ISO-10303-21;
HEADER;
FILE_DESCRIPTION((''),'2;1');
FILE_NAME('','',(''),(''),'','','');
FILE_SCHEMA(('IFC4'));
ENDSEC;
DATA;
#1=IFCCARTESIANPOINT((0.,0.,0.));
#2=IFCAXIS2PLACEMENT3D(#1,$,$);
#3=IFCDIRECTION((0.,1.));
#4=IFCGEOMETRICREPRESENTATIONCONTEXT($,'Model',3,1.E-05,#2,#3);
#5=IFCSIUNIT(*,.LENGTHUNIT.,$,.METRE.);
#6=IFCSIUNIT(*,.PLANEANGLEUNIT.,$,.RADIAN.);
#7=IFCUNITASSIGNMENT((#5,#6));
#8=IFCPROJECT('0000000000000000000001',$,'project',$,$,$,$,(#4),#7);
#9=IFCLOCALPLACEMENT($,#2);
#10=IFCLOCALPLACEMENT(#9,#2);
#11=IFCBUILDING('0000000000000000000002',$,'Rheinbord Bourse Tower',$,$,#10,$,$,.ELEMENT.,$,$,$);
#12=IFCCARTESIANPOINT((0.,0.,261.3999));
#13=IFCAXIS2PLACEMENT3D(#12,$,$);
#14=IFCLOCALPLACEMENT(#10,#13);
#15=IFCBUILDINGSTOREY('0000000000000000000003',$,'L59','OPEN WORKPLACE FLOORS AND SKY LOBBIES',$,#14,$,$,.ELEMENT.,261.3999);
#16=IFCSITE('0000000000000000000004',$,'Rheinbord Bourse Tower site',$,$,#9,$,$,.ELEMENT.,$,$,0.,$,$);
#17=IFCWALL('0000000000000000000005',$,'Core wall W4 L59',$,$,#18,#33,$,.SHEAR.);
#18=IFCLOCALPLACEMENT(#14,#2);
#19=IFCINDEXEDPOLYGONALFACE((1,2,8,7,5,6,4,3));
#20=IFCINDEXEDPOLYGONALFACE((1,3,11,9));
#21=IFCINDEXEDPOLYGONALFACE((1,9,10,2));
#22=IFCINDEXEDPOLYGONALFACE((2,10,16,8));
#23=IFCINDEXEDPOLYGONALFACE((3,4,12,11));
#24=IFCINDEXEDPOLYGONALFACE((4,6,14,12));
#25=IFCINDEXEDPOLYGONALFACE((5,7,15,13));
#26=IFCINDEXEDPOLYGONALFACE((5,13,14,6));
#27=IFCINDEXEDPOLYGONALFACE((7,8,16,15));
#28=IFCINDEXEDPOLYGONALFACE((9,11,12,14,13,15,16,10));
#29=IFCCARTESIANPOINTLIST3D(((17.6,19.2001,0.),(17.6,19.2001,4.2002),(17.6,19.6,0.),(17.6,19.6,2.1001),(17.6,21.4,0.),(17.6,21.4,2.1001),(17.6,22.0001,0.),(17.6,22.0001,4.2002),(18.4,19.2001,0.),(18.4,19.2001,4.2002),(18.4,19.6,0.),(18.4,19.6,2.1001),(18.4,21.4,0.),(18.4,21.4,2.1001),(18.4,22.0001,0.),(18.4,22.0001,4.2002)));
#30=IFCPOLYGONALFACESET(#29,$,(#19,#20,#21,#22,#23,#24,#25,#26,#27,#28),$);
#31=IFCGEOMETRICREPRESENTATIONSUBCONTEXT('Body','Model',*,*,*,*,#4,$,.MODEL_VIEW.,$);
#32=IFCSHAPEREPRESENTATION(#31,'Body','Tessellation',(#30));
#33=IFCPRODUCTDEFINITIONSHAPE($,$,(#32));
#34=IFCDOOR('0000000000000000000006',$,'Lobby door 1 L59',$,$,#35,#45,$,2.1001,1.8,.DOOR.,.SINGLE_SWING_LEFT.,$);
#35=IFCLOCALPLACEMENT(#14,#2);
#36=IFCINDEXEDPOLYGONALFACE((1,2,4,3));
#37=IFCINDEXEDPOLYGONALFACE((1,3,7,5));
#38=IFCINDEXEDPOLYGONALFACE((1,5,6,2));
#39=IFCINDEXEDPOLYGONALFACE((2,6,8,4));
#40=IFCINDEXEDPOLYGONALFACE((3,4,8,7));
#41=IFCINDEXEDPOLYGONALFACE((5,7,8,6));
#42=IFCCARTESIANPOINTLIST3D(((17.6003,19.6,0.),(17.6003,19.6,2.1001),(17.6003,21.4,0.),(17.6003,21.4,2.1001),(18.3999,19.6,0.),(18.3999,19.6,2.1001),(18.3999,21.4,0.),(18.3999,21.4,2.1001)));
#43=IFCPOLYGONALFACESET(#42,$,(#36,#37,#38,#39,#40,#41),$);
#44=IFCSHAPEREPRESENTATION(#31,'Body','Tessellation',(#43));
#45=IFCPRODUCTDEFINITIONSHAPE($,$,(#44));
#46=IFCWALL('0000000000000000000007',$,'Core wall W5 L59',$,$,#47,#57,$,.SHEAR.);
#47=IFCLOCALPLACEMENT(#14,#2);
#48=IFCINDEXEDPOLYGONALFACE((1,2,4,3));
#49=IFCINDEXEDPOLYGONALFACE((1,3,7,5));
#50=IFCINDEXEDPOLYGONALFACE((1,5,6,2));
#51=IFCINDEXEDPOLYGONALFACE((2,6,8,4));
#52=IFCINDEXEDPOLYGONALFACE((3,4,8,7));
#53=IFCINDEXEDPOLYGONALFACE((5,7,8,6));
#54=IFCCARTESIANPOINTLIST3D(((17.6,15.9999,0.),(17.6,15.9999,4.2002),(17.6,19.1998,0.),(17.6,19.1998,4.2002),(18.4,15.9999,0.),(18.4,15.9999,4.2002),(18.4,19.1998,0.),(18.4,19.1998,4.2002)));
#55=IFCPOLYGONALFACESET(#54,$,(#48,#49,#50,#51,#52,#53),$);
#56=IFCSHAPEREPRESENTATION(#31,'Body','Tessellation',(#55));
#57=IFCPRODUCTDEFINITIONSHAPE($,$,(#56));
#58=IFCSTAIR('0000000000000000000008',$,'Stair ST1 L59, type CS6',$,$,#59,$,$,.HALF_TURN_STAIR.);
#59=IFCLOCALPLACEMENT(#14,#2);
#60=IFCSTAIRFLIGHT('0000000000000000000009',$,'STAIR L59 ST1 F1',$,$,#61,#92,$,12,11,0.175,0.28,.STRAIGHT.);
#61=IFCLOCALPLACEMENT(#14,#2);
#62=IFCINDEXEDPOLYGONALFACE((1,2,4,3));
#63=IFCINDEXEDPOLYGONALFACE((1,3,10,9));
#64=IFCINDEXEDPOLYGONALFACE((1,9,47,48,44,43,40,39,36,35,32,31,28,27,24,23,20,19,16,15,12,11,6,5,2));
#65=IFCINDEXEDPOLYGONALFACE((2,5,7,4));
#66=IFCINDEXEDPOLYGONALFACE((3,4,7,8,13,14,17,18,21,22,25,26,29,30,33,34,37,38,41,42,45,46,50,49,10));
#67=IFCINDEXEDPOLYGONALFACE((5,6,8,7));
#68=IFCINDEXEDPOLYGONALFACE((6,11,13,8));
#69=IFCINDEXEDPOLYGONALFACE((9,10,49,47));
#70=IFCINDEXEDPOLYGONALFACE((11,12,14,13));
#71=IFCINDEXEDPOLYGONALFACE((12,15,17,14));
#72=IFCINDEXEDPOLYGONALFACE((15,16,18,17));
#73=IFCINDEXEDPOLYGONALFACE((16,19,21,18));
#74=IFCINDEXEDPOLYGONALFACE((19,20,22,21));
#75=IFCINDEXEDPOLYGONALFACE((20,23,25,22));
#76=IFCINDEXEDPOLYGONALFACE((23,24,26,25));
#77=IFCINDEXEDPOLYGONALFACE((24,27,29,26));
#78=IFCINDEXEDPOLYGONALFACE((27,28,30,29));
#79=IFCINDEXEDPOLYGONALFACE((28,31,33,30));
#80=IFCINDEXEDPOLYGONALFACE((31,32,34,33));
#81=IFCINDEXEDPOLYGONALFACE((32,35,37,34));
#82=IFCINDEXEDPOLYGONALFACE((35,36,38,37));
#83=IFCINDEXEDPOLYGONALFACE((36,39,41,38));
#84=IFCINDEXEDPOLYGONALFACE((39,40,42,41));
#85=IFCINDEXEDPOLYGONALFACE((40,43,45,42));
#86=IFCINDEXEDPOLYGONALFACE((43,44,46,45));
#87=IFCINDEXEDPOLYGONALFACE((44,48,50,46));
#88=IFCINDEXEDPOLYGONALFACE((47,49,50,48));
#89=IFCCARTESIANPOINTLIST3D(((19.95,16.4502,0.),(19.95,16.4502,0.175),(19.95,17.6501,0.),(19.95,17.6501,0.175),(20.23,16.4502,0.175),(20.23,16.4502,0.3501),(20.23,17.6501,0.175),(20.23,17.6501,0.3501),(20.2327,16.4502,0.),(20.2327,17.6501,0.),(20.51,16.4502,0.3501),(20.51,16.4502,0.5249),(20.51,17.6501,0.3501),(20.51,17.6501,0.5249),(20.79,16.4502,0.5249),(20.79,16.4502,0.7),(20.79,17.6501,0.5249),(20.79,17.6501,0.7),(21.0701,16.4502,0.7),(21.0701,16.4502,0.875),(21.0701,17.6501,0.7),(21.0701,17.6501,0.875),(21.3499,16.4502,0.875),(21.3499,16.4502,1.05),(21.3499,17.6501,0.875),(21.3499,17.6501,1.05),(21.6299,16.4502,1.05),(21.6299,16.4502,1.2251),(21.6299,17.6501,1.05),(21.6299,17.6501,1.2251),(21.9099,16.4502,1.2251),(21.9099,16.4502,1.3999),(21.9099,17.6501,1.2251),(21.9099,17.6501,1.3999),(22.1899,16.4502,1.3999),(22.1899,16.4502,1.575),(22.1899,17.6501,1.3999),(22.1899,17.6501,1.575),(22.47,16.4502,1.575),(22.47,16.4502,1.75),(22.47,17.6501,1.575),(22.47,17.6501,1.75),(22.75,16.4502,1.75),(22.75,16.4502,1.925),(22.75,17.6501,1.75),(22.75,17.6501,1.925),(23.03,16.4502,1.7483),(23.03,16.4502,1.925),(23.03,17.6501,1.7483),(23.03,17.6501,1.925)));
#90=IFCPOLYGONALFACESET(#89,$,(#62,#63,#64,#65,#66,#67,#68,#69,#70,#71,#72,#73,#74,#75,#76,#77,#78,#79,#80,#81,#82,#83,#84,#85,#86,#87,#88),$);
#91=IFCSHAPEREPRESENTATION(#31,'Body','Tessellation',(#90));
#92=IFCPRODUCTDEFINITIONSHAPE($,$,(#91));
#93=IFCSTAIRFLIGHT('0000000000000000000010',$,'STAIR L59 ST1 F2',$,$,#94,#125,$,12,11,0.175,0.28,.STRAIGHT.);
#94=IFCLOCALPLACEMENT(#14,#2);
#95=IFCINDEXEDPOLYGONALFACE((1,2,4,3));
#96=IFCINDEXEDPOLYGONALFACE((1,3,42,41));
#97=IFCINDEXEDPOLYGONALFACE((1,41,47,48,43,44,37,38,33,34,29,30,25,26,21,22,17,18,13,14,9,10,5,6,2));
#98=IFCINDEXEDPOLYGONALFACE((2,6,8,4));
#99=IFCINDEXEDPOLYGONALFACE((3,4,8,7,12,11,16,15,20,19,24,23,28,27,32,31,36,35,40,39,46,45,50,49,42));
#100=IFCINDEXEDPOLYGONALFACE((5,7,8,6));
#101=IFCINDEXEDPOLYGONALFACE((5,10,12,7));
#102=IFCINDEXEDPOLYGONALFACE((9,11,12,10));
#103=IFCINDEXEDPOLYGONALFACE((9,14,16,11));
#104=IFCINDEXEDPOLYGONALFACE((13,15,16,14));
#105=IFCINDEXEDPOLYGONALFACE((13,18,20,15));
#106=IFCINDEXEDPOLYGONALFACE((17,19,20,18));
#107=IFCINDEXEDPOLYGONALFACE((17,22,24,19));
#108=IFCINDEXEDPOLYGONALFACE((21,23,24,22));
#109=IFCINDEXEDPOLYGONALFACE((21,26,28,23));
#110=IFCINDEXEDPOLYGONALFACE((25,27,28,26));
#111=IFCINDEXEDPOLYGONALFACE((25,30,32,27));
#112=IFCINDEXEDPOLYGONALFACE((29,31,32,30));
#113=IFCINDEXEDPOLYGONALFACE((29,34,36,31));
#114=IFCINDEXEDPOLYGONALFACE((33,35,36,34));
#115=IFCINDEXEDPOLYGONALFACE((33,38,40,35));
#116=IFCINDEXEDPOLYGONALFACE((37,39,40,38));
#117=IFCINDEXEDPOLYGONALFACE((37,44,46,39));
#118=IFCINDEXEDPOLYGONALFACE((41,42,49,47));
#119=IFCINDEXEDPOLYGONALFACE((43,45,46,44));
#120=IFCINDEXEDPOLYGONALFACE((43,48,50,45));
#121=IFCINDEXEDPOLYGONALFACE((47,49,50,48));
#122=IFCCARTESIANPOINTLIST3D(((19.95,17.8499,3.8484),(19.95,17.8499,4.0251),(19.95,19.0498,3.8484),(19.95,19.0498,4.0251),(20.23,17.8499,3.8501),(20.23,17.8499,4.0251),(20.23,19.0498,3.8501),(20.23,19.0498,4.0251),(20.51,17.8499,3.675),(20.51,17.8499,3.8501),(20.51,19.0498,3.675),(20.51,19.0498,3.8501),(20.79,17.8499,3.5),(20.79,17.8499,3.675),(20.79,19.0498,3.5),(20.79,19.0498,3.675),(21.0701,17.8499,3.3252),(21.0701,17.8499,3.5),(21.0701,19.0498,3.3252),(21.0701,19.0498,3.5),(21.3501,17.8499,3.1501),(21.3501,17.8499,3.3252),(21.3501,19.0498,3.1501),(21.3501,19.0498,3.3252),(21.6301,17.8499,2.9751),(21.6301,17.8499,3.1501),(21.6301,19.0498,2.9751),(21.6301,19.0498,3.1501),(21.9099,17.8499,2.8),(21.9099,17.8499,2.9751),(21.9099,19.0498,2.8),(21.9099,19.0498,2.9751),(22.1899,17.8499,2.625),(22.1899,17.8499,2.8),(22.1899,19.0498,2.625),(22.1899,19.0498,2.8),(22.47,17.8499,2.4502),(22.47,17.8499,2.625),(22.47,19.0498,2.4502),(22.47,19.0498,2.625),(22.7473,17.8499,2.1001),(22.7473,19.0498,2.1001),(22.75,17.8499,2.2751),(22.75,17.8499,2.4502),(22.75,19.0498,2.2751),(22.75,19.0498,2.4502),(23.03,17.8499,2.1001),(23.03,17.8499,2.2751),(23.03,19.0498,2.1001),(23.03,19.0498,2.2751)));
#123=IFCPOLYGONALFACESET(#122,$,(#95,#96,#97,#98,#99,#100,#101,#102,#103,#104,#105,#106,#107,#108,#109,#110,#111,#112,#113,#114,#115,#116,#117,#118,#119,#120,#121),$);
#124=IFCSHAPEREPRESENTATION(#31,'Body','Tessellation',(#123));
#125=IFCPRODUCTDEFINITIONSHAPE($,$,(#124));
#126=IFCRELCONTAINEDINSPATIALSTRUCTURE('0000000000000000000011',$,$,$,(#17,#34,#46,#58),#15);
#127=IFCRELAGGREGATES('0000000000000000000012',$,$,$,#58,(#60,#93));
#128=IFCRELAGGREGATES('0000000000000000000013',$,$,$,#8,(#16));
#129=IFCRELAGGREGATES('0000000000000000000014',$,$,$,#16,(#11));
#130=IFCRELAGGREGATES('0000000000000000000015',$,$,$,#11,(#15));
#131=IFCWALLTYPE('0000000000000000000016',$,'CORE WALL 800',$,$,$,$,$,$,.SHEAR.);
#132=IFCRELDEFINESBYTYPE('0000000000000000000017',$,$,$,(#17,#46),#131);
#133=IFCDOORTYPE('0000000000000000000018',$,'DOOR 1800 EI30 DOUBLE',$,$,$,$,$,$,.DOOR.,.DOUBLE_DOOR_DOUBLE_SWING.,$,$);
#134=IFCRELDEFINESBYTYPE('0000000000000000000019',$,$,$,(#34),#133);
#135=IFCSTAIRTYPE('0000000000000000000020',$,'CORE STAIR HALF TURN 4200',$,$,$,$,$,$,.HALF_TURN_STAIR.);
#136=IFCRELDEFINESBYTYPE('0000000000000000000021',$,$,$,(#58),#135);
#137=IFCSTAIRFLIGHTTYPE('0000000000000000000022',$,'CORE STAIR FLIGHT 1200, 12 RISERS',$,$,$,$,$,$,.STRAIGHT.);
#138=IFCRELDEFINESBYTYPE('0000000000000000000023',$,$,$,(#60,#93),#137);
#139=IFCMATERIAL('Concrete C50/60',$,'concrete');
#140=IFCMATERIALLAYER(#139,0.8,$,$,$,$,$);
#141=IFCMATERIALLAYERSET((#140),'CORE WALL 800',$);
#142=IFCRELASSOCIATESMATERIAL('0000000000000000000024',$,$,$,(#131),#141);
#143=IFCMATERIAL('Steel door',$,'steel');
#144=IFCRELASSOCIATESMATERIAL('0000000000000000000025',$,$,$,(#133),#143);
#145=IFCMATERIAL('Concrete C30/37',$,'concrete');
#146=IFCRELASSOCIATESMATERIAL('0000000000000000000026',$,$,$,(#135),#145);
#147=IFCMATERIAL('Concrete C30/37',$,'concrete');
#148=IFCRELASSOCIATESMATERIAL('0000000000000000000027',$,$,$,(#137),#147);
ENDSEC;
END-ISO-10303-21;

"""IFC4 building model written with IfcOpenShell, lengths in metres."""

from ifc_helpers import new_model, si_unit, direction, frame, frame_2d, origin, place, context, subcontext, project, spatial, polyline, rectangle, outline, extrude, material, layer, layer_set, type_object, element, fill, aggregate, save


model = new_model("IFC4")

# Units and contexts
model_context = context("Model", 3, precision=1e-05, world=origin(), true_north=direction((0.0, 1.0)))
body_context = subcontext(model_context, "Body", "Model", "MODEL_VIEW")
ifc_project = project(units=[si_unit("LENGTHUNIT", "METRE"), si_unit("PLANEANGLEUNIT", "RADIAN")], contexts=[model_context])

# Site, building, storey
site_placement = place(None, origin())
site = spatial("IfcSite", under=ifc_project, at=site_placement, Name="Rheinbord Bourse Tower site", CompositionType="ELEMENT", RefElevation=0.0)
building_placement = place(site_placement, origin())
building = spatial("IfcBuilding", under=site, at=building_placement, Name="Rheinbord Bourse Tower", CompositionType="ELEMENT")
storey_placement = place(building_placement, frame((0.0, 0.0, 261.3999)))
storey = spatial("IfcBuildingStorey", under=building, at=storey_placement, Name="L59", Description="OPEN WORKPLACE FLOORS AND SKY LOBBIES", CompositionType="ELEMENT", Elevation=261.3999)

# Wall, opening, door
ifc_material_1 = material(Name="Concrete C50/60", Category="concrete")
ifc_layer_1 = layer(ifc_material_1, 0.8)
ifc_layer_set_1 = layer_set([ifc_layer_1], Name="CORE WALL 800")
wall_type_1 = type_object("IfcWallType", Name="CORE WALL 800", PredefinedType="SHEAR", material=ifc_layer_set_1)
wall_1_placement = place(storey_placement, frame((18.0, 22.0, 0.0), z_axis=(0.0, 0.0, 1.0), x_axis=(0.0, -1.0, 0.0)))
wall_1 = element("IfcWall", 1, at=wall_1_placement, inside=storey, type_object=wall_type_1, Name="Core wall W4 L59", PredefinedType="SHEAR", context=body_context, shape_type="SweptSolid", body=[
    extrude(rectangle(XDim=2.8, YDim=0.8, at=frame_2d((1.3999, 0.0))), origin(), (0.0, 0.0, 1.0), 4.2002),
])
opening_1_placement = place(wall_1_placement, frame((0.6001, 0.0, 0.0)))
opening_1 = element("IfcOpeningElement", 2, at=opening_1_placement, cuts=wall_1, PredefinedType="OPENING", context=body_context, shape_type="SweptSolid", body=[
    extrude(rectangle(XDim=1.8, YDim=2.1001, at=frame_2d((0.8999, 1.05))), frame((0.0, 0.4099, 0.0), z_axis=(0.0, -1.0, 0.0), x_axis=(1.0, 0.0, 0.0)), (0.0, 0.0, 1.0), 0.8201),
])
ifc_material_2 = material(Name="Steel door", Category="steel")
door_type_1 = type_object("IfcDoorType", Name="DOOR 1800 EI30 DOUBLE", OperationType="DOUBLE_DOOR_DOUBLE_SWING", PredefinedType="DOOR", material=ifc_material_2)
door_1_placement = place(opening_1_placement, origin())
door_1 = element("IfcDoor", 3, at=door_1_placement, inside=storey, type_object=door_type_1, Name="Lobby door 1 L59", OperationType="SINGLE_SWING_LEFT", OverallHeight=2.1001, OverallWidth=1.8, PredefinedType="DOOR", context=body_context, shape_type="SweptSolid", body=[
    extrude(rectangle(XDim=1.8, YDim=2.1001, at=frame_2d((0.8999, 1.05))), frame((0.0, 0.3999, 0.0), z_axis=(0.0, -1.0, 0.0), x_axis=(1.0, 0.0, 0.0)), (0.0, 0.0, 1.0), 0.7996),
])
fill(opening_1, door_1)

# Wall
wall_2_placement = place(storey_placement, frame((18.0, 19.2, 0.0), z_axis=(0.0, 0.0, 1.0), x_axis=(0.0, -1.0, 0.0)))
element("IfcWall", 4, at=wall_2_placement, inside=storey, type_object=wall_type_1, Name="Core wall W5 L59", PredefinedType="SHEAR", context=body_context, shape_type="SweptSolid", body=[
    extrude(rectangle(XDim=3.2, YDim=0.8, at=frame_2d((1.6001, 0.0))), origin(), (0.0, 0.0, 1.0), 4.2002),
])

# Stair, stair flights
ifc_material_3 = material(Name="Concrete C30/37", Category="concrete")
stair_type = type_object("IfcStairType", Name="CORE STAIR HALF TURN 4200", PredefinedType="HALF_TURN_STAIR", material=ifc_material_3)
stair_placement = place(storey_placement, origin())
stair = element("IfcStair", 5, at=stair_placement, inside=storey, type_object=stair_type, Name="Stair ST1 L59, type CS6", PredefinedType="HALF_TURN_STAIR")
ifc_material_4 = material(Name="Concrete C30/37", Category="concrete")
stair_flight_type = type_object("IfcStairFlightType", Name="CORE STAIR FLIGHT 1200, 12 RISERS", PredefinedType="STRAIGHT", material=ifc_material_4)
stair_flight_1_placement = place(storey_placement, frame((19.95, 17.05, 0.0), z_axis=(0.0, 0.0, 1.0), x_axis=(1.0, 0.0, 0.0)))
stair_flight_1 = element("IfcStairFlight", 6, at=stair_flight_1_placement, type_object=stair_flight_type, Name="STAIR L59 ST1 F1", NumberOfRisers=12, NumberOfTreads=11, PredefinedType="STRAIGHT", RiserHeight=0.175, TreadLength=0.28, context=body_context, shape_type="SweptSolid", body=[
    extrude(outline(polyline([(0.0, 0.0), (0.0, 0.175), (0.28, 0.175), (0.28, 0.3501), (0.5601, 0.3501), (0.5601, 0.5249), (0.8401, 0.5249), (0.8401, 0.7), (1.1201, 0.7), (1.1201, 0.875), (1.3999, 0.875), (1.3999, 1.05), (1.6799, 1.05), (1.6799, 1.2251), (1.96, 1.2251), (1.96, 1.3999), (2.24, 1.3999), (2.24, 1.575), (2.52, 1.575), (2.52, 1.75), (2.8, 1.75), (2.8, 1.925), (3.0801, 1.925), (3.0801, 2.1001), (3.0801, 1.7483), (0.2827, 0.0), (0.0, 0.0)])), frame((0.0, 0.6001, 0.0), z_axis=(0.0, -1.0, 0.0), x_axis=(1.0, 0.0, 0.0)), (0.0, 0.0, 1.0), 1.2),
])
stair_flight_2_placement = place(storey_placement, frame((23.03, 18.45, 2.1001), z_axis=(0.0, 0.0, 1.0), x_axis=(-1.0, 0.0, 0.0)))
stair_flight_2 = element("IfcStairFlight", 7, at=stair_flight_2_placement, type_object=stair_flight_type, Name="STAIR L59 ST1 F2", NumberOfRisers=12, NumberOfTreads=11, PredefinedType="STRAIGHT", RiserHeight=0.175, TreadLength=0.28, context=body_context, shape_type="SweptSolid", body=[
    extrude(outline(polyline([(0.0, 0.0), (0.0, 0.175), (0.28, 0.175), (0.28, 0.3501), (0.5601, 0.3501), (0.5601, 0.5249), (0.8401, 0.5249), (0.8401, 0.7), (1.1201, 0.7), (1.1201, 0.875), (1.3999, 0.875), (1.3999, 1.05), (1.6799, 1.05), (1.6799, 1.2251), (1.96, 1.2251), (1.96, 1.3999), (2.24, 1.3999), (2.24, 1.575), (2.52, 1.575), (2.52, 1.75), (2.8, 1.75), (2.8, 1.925), (3.0801, 1.925), (3.0801, 2.1001), (3.0801, 1.7483), (0.2827, 0.0), (0.0, 0.0)])), frame((0.0, 0.6001, 0.0), z_axis=(0.0, -1.0, 0.0), x_axis=(1.0, 0.0, 0.0)), (0.0, 0.0, 1.0), 1.2),
])
aggregate(stair, [stair_flight_1, stair_flight_2])

save(model, "model.ifc")
